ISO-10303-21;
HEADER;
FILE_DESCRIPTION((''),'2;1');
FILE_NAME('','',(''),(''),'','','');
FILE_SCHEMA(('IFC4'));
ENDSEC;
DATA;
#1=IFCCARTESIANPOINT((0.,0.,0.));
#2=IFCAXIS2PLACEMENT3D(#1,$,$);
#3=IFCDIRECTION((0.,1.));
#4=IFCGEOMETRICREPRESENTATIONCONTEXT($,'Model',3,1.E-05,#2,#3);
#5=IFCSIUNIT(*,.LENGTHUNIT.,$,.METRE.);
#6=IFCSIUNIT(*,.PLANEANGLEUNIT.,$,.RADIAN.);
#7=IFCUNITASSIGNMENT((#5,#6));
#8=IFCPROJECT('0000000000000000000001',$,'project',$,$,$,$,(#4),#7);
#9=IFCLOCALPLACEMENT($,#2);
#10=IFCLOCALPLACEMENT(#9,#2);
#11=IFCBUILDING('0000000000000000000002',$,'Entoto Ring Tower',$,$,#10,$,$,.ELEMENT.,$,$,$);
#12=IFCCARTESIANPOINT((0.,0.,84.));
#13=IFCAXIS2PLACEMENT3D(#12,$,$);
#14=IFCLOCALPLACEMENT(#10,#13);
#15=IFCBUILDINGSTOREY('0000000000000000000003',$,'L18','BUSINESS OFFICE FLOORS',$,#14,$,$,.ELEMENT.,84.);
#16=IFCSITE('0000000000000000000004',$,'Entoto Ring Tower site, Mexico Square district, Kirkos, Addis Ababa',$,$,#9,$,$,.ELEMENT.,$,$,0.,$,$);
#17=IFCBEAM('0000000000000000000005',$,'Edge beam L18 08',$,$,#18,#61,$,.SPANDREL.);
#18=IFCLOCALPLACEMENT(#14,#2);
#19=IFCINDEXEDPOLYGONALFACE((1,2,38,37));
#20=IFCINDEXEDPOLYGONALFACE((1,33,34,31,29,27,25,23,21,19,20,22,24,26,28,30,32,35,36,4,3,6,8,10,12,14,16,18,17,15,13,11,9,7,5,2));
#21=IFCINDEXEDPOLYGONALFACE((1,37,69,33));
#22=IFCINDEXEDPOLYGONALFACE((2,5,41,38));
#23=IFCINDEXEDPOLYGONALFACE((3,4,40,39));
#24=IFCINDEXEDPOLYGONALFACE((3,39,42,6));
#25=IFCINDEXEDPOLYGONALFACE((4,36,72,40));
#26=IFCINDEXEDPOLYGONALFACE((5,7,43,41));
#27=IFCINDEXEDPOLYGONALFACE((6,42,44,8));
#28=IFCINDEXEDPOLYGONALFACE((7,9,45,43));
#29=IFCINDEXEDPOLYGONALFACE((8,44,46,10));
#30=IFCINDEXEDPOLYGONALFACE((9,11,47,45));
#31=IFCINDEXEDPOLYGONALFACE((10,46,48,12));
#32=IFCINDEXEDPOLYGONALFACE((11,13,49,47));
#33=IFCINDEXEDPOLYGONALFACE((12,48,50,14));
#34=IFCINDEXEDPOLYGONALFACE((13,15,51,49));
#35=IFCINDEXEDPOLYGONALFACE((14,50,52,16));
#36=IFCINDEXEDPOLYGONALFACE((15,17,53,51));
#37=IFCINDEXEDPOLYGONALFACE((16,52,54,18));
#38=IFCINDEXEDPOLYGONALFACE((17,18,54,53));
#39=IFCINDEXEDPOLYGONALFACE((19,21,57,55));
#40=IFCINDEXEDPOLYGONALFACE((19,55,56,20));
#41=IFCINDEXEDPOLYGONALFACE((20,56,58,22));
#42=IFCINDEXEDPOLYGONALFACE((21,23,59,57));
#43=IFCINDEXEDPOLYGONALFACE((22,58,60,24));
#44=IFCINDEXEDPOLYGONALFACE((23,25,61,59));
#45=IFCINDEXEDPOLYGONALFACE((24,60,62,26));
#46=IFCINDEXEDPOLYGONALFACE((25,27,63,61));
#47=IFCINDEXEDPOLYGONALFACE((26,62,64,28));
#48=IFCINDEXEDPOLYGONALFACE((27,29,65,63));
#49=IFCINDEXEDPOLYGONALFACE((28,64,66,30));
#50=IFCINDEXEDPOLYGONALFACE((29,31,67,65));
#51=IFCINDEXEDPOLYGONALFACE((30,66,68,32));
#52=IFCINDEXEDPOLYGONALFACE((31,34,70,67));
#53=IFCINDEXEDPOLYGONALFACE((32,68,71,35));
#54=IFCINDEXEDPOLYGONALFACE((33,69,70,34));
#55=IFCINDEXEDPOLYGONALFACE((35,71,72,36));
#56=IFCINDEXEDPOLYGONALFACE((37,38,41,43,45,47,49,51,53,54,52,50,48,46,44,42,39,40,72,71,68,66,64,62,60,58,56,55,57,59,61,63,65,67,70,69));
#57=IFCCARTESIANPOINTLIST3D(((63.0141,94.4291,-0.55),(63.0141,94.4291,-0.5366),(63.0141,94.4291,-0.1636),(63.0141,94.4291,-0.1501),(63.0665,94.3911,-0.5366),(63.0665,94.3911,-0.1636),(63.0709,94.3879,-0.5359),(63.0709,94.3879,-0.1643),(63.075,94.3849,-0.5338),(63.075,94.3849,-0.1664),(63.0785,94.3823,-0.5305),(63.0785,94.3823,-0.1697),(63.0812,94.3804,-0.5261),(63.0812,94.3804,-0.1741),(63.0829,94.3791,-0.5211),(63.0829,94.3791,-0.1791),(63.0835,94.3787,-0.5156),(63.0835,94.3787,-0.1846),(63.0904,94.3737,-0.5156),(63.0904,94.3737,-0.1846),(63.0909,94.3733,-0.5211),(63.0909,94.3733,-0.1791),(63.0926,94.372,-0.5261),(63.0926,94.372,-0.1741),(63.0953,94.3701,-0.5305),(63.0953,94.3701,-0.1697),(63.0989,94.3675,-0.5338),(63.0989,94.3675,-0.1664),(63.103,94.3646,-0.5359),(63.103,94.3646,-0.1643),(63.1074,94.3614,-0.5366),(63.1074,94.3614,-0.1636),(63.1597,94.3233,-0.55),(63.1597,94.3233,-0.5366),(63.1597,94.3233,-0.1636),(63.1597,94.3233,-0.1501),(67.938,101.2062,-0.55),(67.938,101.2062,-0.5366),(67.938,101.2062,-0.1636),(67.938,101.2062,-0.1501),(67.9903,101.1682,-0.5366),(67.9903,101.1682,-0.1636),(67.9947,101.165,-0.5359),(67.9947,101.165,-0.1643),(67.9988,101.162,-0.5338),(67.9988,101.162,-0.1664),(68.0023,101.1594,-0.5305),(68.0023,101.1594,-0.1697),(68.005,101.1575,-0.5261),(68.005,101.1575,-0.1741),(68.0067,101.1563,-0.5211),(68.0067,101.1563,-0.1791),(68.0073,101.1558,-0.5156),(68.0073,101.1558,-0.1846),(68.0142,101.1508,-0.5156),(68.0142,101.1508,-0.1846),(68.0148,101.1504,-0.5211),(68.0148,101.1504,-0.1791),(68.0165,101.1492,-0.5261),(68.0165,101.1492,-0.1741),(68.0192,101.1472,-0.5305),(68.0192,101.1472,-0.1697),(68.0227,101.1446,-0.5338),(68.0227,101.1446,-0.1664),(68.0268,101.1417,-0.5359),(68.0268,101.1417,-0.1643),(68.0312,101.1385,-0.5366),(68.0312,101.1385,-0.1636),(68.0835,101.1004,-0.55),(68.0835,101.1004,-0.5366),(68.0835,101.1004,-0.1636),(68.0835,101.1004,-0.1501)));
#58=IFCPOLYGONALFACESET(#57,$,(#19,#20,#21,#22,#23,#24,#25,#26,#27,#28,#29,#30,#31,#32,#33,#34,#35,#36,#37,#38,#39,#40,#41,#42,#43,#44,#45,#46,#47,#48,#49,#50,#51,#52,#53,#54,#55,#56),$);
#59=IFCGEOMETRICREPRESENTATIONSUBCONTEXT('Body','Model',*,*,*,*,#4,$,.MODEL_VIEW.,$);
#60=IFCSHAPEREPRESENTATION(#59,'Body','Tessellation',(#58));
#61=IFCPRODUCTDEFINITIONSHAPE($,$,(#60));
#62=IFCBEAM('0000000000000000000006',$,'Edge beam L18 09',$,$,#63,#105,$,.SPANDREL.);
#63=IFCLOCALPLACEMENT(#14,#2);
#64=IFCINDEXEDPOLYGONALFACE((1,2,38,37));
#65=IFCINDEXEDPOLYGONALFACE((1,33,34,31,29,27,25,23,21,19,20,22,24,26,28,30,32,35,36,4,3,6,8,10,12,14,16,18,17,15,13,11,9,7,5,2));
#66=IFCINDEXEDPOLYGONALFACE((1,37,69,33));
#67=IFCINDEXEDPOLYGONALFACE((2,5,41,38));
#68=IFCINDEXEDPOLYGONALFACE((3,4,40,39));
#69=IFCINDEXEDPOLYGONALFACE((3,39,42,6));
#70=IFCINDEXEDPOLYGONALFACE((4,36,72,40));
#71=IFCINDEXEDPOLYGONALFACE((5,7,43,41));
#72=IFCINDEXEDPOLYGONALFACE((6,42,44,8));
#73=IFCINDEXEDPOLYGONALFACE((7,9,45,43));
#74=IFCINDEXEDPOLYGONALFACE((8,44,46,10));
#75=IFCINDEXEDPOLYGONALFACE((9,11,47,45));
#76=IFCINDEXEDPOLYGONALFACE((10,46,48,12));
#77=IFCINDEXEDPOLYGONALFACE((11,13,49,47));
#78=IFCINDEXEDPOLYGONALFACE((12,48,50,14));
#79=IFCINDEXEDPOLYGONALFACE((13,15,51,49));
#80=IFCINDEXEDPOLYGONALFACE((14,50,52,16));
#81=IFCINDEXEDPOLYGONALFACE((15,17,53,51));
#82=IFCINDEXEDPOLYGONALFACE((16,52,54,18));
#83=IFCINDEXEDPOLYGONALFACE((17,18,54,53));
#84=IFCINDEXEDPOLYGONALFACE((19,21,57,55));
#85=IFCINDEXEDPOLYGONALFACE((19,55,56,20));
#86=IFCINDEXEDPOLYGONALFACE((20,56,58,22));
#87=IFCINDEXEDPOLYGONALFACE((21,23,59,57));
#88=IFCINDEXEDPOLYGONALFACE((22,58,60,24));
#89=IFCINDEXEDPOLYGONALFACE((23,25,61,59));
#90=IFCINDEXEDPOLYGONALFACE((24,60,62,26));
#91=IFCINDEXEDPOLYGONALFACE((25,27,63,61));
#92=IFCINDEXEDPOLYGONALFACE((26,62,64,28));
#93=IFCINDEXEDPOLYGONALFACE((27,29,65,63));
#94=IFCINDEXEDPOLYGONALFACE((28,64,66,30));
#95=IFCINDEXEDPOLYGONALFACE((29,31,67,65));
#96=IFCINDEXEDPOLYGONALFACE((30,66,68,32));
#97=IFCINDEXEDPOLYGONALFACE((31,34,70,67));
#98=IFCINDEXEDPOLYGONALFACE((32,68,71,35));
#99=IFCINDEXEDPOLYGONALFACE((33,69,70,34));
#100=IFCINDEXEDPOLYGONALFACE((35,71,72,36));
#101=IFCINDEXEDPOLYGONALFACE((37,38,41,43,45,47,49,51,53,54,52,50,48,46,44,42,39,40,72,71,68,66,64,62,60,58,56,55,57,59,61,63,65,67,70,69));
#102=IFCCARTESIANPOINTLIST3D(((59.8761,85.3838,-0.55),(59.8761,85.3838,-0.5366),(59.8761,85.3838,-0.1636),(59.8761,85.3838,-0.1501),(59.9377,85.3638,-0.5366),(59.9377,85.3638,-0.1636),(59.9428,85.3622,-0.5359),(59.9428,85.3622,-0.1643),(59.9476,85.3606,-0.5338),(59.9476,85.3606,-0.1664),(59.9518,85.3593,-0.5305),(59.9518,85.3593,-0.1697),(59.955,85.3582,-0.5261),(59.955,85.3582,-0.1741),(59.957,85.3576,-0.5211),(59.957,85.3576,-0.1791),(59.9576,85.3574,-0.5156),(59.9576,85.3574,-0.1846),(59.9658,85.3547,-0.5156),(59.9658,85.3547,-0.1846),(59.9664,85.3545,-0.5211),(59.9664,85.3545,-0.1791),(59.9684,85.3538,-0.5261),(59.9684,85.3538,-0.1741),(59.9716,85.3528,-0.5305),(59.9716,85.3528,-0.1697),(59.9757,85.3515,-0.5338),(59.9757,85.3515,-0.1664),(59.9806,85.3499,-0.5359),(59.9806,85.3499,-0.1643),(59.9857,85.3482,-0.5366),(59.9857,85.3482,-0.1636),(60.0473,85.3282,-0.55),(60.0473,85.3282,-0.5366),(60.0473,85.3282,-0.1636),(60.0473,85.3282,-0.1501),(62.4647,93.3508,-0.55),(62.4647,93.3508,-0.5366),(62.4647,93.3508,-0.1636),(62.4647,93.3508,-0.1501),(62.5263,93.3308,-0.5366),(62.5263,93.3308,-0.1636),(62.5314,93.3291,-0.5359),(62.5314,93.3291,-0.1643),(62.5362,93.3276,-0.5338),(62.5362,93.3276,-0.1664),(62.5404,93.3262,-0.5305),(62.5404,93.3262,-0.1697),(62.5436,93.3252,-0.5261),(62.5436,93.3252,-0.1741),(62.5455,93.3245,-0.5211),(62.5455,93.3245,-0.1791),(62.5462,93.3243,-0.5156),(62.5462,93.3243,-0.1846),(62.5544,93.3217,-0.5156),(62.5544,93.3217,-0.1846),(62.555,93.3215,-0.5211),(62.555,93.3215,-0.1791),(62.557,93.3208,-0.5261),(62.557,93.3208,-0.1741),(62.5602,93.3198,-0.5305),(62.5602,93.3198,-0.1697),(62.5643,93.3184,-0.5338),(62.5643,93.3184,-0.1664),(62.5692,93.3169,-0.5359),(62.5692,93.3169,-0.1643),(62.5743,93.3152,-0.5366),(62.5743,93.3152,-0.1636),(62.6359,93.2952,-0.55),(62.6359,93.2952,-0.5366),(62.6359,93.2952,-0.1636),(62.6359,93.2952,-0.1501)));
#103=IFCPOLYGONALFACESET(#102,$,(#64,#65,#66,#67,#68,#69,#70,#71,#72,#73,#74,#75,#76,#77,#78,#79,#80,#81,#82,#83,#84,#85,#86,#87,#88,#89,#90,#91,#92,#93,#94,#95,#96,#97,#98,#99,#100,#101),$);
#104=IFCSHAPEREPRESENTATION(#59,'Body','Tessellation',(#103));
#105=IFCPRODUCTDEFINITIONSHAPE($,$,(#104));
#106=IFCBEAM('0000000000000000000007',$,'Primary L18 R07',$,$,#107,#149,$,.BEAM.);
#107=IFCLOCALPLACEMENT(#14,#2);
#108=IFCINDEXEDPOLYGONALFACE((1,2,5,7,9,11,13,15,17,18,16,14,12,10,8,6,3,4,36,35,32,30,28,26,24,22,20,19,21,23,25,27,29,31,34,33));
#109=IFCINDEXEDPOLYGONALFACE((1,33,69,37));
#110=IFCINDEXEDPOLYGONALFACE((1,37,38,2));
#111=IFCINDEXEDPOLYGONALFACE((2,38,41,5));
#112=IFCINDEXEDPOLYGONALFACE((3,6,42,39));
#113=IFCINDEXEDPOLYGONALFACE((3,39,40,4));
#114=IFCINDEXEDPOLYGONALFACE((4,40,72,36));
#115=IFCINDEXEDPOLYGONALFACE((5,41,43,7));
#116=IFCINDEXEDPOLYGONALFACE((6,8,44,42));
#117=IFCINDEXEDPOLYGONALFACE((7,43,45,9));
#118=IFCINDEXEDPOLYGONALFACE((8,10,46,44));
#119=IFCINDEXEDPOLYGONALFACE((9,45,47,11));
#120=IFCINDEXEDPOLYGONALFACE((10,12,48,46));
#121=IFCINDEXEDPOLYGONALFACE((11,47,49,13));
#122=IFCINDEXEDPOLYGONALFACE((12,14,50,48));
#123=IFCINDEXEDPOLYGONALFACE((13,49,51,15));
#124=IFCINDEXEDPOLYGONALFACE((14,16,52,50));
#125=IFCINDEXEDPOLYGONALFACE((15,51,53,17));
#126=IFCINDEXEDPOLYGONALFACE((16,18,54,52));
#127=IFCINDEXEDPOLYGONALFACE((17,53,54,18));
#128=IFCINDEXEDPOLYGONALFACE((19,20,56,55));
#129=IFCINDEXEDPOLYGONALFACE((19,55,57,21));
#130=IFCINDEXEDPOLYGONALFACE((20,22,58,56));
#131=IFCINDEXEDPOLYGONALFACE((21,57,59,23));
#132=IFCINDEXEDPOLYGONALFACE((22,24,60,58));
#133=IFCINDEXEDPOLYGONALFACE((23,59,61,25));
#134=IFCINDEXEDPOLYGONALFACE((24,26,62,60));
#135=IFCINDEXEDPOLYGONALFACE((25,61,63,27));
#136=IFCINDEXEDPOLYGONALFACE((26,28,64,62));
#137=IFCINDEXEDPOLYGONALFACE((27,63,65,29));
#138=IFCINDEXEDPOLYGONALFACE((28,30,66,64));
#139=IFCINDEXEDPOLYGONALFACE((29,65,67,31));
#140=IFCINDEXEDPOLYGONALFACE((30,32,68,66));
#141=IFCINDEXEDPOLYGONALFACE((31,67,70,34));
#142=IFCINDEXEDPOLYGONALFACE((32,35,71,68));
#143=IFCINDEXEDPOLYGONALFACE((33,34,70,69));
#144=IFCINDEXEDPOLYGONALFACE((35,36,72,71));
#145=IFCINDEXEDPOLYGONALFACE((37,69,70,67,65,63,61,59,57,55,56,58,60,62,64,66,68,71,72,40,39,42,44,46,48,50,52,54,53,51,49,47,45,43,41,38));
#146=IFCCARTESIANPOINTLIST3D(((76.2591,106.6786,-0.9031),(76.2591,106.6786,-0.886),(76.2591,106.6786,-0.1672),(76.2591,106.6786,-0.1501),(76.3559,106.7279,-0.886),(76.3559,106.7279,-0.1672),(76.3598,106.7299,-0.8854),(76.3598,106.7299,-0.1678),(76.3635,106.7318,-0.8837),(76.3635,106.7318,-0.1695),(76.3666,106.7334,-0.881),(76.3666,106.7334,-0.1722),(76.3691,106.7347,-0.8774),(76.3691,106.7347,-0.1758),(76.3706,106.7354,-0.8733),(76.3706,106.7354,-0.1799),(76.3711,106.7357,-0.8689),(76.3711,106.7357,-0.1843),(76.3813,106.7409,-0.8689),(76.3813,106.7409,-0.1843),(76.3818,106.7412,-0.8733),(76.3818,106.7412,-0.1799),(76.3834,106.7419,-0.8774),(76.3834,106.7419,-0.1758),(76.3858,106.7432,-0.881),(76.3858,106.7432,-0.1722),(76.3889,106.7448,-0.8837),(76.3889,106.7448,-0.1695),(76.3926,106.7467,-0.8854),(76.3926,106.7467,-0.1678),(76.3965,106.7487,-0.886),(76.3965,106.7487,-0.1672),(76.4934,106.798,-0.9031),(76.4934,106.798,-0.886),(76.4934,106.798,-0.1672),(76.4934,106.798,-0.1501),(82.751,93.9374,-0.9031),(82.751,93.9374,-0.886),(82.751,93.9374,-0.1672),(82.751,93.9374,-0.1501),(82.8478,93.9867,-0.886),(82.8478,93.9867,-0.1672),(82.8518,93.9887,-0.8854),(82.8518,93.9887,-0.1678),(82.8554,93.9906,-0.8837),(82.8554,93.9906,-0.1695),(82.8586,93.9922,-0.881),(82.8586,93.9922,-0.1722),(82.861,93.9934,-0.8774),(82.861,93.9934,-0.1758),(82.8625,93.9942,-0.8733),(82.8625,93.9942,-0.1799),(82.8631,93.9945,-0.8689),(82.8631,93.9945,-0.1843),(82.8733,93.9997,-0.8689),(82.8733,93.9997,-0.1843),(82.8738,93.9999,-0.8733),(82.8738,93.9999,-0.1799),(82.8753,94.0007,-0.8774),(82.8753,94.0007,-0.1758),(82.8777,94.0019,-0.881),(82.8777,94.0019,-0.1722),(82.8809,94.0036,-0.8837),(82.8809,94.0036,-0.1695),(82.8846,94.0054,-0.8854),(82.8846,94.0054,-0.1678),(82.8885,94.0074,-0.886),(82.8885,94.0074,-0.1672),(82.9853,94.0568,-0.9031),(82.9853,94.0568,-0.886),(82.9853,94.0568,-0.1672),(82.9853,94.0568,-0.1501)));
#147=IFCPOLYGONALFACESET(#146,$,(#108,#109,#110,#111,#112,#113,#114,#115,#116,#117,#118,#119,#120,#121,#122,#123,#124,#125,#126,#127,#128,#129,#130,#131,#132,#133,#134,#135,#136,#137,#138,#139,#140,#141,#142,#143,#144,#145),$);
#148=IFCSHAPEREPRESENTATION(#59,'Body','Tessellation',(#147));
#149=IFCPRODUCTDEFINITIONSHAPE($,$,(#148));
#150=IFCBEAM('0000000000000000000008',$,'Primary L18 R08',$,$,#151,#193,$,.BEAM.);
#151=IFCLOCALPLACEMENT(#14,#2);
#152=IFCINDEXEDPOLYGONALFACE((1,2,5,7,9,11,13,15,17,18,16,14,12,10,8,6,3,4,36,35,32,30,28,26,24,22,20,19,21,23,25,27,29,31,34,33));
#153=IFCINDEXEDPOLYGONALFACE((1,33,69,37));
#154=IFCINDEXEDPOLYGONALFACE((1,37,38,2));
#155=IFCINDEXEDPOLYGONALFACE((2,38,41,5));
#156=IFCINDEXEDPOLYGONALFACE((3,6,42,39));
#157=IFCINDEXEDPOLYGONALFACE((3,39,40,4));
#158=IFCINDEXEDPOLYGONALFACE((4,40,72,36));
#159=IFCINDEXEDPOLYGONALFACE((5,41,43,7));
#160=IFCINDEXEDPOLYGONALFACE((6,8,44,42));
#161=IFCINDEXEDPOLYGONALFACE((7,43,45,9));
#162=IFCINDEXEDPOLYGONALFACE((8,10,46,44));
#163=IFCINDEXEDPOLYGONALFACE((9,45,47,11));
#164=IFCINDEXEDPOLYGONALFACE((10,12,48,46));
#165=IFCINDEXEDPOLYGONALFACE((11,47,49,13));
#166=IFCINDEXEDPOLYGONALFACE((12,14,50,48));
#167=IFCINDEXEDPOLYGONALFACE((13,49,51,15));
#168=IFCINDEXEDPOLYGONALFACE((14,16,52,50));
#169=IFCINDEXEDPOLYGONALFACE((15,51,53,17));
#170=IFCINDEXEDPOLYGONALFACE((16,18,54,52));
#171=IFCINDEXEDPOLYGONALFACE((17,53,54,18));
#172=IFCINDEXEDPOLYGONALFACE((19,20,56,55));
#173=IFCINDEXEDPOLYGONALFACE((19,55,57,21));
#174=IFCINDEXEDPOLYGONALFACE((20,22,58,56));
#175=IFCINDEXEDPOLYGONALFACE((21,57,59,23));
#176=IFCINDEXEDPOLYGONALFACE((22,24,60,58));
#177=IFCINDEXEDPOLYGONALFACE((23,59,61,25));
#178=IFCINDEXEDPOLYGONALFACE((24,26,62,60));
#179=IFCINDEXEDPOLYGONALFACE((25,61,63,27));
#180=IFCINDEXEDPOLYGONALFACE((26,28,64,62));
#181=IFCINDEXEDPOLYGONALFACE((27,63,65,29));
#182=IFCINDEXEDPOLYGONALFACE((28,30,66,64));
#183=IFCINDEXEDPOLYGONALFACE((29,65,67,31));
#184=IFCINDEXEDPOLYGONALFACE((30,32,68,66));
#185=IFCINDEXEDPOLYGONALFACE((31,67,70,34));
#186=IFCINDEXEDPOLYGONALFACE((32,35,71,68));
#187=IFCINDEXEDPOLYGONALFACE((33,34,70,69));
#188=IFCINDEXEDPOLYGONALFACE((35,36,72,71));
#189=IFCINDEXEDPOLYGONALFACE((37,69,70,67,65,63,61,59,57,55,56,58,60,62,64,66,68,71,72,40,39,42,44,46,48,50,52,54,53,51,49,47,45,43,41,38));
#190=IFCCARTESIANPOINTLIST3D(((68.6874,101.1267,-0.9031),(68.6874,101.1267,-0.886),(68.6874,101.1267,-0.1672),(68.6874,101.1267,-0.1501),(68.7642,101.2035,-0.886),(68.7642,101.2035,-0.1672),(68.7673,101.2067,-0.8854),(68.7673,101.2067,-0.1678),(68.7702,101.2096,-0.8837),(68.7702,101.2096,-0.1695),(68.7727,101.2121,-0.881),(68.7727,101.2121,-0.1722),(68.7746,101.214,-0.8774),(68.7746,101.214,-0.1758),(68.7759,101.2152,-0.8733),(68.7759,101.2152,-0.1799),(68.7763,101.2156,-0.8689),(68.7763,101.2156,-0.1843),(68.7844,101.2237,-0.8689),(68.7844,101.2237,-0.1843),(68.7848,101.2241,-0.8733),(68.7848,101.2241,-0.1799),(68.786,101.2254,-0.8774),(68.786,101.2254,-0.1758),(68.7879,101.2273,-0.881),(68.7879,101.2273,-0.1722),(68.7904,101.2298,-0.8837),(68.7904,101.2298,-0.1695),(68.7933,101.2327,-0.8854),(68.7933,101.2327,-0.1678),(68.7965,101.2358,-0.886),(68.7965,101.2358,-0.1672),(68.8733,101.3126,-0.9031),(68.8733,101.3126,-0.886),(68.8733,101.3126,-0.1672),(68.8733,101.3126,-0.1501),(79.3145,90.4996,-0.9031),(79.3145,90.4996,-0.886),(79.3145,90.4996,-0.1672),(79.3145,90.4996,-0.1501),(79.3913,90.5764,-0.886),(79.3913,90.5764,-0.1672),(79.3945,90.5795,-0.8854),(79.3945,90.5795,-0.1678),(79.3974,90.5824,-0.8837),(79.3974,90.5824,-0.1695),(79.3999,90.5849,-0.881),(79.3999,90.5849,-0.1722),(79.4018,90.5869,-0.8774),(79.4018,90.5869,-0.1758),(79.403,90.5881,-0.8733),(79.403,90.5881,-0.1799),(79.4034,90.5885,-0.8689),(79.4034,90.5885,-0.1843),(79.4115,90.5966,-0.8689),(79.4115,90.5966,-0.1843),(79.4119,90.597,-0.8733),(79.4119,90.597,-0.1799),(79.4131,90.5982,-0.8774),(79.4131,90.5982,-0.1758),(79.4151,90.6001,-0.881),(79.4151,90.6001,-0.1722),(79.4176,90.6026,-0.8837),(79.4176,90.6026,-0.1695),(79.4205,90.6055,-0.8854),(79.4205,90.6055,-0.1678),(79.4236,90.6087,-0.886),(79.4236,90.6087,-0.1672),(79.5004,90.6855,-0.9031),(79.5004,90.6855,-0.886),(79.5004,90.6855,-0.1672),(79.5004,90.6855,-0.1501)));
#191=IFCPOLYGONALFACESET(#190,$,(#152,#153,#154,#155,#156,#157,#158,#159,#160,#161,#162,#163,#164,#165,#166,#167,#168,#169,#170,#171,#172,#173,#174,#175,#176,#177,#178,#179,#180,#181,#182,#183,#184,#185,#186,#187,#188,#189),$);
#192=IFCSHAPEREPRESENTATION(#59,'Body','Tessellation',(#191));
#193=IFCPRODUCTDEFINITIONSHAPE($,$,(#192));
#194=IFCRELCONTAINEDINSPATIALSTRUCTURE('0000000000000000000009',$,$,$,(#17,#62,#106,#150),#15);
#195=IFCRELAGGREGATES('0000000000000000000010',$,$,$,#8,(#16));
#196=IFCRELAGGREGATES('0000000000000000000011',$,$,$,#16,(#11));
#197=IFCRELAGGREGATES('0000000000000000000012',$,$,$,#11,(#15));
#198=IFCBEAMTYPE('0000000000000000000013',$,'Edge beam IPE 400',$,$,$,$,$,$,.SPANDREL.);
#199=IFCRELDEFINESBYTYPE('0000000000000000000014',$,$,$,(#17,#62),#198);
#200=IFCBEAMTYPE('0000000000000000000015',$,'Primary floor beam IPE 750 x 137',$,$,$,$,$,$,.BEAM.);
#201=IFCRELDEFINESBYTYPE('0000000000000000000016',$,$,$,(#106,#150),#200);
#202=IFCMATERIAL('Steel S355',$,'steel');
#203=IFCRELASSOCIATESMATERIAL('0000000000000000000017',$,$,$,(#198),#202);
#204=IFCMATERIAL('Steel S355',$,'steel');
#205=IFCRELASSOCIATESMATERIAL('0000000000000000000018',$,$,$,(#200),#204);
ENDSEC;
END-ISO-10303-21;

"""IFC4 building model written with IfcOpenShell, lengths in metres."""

from ifc_helpers import new_model, si_unit, direction, frame, origin, origin_2d, place, context, subcontext, project, spatial, i_section, extrude, material, material_profile, profile_set, type_object, element, save


model = new_model("IFC4")

# Units and contexts
model_context = context("Model", 3, precision=1e-05, world=origin(), true_north=direction((0.0, 1.0)))
body_context = subcontext(model_context, "Body", "Model", "MODEL_VIEW")
ifc_project = project(units=[si_unit("LENGTHUNIT", "METRE"), si_unit("PLANEANGLEUNIT", "RADIAN")], contexts=[model_context])

# Site, building, storey
site_placement = place(None, origin())
site = spatial("IfcSite", under=ifc_project, at=site_placement, Name="Entoto Ring Tower site, Mexico Square district, Kirkos, Addis Ababa", CompositionType="ELEMENT", RefElevation=0.0)
building_placement = place(site_placement, origin())
building = spatial("IfcBuilding", under=site, at=building_placement, Name="Entoto Ring Tower", CompositionType="ELEMENT")
storey_placement = place(building_placement, frame((0.0, 0.0, 84.0)))
storey = spatial("IfcBuildingStorey", under=building, at=storey_placement, Name="L18", Description="BUSINESS OFFICE FLOORS", CompositionType="ELEMENT", Elevation=84.0)

# Beams
ifc_material_1 = material(Name="Steel S355", Category="steel")
ifc_material_profile_1 = material_profile(ifc_material_1, i_section(OverallWidth=0.1799, OverallDepth=0.3999, WebThickness=0.0085, FlangeThickness=0.0134, FilletRadius=0.021, at=origin_2d()), Name="IPE 400")
ifc_profile_set_1 = profile_set([ifc_material_profile_1], Name="Steel S355")
beam_type_1 = type_object("IfcBeamType", Name="Edge beam IPE 400", PredefinedType="SPANDREL", material=ifc_profile_set_1)
for number, where, z_axis, x_axis, name in (
    (1, (68.0107, 101.1533, -0.3501), (-0.587783, -0.809018, 0.0), (0.809018, -0.587783, 0.0), "Edge beam L18 08"),
    (2, (62.5503, 93.323, -0.3501), (-0.309014, -0.951057, 0.0), (0.951057, -0.309014, 0.0), "Edge beam L18 09"),
):
    element("IfcBeam", number, at=place(storey_placement, frame(where, z_axis=z_axis, x_axis=x_axis)), inside=storey, type_object=beam_type_1, Name=name, PredefinedType="SPANDREL", context=body_context, shape_type="SweptSolid", body=[
        extrude(i_section(OverallWidth=0.1799, OverallDepth=0.3999, WebThickness=0.0085, FlangeThickness=0.0134, FilletRadius=0.021, at=origin_2d()), origin(), (0.0, 0.0, 1.0), 8.377),
    ])
ifc_material_2 = material(Name="Steel S355", Category="steel")
ifc_material_profile_2 = material_profile(ifc_material_2, i_section(OverallWidth=0.2629, OverallDepth=0.7529, WebThickness=0.0115, FlangeThickness=0.0171, FilletRadius=0.0171, at=origin_2d()), Name="IPE 750 x 137")
ifc_profile_set_2 = profile_set([ifc_material_profile_2], Name="Steel S355")
beam_type_2 = type_object("IfcBeamType", Name="Primary floor beam IPE 750 x 137", PredefinedType="BEAM", material=ifc_profile_set_2)
beam_1_placement = place(storey_placement, frame((82.8682, 93.9971, -0.5266), z_axis=(-0.453989, 0.891007, 0.0), x_axis=(-0.891007, -0.453989, 0.0)))
element("IfcBeam", 3, at=beam_1_placement, inside=storey, type_object=beam_type_2, Name="Primary L18 R07", PredefinedType="BEAM", context=body_context, shape_type="SweptSolid", body=[
    extrude(i_section(OverallWidth=0.2629, OverallDepth=0.7529, WebThickness=0.0115, FlangeThickness=0.0171, FilletRadius=0.0171, at=origin_2d()), origin(), (0.0, 0.0, 1.0), 14.2998),
])
beam_2_placement = place(storey_placement, frame((79.4075, 90.5925, -0.5266), z_axis=(-0.707107, 0.707107, 0.0), x_axis=(-0.707107, -0.707107, 0.0)))
element("IfcBeam", 4, at=beam_2_placement, inside=storey, type_object=beam_type_2, Name="Primary L18 R08", PredefinedType="BEAM", context=body_context, shape_type="SweptSolid", body=[
    extrude(i_section(OverallWidth=0.2629, OverallDepth=0.7529, WebThickness=0.0115, FlangeThickness=0.0171, FilletRadius=0.0171, at=origin_2d()), origin(), (0.0, 0.0, 1.0), 15.0291),
])

save(model, "model.ifc")
